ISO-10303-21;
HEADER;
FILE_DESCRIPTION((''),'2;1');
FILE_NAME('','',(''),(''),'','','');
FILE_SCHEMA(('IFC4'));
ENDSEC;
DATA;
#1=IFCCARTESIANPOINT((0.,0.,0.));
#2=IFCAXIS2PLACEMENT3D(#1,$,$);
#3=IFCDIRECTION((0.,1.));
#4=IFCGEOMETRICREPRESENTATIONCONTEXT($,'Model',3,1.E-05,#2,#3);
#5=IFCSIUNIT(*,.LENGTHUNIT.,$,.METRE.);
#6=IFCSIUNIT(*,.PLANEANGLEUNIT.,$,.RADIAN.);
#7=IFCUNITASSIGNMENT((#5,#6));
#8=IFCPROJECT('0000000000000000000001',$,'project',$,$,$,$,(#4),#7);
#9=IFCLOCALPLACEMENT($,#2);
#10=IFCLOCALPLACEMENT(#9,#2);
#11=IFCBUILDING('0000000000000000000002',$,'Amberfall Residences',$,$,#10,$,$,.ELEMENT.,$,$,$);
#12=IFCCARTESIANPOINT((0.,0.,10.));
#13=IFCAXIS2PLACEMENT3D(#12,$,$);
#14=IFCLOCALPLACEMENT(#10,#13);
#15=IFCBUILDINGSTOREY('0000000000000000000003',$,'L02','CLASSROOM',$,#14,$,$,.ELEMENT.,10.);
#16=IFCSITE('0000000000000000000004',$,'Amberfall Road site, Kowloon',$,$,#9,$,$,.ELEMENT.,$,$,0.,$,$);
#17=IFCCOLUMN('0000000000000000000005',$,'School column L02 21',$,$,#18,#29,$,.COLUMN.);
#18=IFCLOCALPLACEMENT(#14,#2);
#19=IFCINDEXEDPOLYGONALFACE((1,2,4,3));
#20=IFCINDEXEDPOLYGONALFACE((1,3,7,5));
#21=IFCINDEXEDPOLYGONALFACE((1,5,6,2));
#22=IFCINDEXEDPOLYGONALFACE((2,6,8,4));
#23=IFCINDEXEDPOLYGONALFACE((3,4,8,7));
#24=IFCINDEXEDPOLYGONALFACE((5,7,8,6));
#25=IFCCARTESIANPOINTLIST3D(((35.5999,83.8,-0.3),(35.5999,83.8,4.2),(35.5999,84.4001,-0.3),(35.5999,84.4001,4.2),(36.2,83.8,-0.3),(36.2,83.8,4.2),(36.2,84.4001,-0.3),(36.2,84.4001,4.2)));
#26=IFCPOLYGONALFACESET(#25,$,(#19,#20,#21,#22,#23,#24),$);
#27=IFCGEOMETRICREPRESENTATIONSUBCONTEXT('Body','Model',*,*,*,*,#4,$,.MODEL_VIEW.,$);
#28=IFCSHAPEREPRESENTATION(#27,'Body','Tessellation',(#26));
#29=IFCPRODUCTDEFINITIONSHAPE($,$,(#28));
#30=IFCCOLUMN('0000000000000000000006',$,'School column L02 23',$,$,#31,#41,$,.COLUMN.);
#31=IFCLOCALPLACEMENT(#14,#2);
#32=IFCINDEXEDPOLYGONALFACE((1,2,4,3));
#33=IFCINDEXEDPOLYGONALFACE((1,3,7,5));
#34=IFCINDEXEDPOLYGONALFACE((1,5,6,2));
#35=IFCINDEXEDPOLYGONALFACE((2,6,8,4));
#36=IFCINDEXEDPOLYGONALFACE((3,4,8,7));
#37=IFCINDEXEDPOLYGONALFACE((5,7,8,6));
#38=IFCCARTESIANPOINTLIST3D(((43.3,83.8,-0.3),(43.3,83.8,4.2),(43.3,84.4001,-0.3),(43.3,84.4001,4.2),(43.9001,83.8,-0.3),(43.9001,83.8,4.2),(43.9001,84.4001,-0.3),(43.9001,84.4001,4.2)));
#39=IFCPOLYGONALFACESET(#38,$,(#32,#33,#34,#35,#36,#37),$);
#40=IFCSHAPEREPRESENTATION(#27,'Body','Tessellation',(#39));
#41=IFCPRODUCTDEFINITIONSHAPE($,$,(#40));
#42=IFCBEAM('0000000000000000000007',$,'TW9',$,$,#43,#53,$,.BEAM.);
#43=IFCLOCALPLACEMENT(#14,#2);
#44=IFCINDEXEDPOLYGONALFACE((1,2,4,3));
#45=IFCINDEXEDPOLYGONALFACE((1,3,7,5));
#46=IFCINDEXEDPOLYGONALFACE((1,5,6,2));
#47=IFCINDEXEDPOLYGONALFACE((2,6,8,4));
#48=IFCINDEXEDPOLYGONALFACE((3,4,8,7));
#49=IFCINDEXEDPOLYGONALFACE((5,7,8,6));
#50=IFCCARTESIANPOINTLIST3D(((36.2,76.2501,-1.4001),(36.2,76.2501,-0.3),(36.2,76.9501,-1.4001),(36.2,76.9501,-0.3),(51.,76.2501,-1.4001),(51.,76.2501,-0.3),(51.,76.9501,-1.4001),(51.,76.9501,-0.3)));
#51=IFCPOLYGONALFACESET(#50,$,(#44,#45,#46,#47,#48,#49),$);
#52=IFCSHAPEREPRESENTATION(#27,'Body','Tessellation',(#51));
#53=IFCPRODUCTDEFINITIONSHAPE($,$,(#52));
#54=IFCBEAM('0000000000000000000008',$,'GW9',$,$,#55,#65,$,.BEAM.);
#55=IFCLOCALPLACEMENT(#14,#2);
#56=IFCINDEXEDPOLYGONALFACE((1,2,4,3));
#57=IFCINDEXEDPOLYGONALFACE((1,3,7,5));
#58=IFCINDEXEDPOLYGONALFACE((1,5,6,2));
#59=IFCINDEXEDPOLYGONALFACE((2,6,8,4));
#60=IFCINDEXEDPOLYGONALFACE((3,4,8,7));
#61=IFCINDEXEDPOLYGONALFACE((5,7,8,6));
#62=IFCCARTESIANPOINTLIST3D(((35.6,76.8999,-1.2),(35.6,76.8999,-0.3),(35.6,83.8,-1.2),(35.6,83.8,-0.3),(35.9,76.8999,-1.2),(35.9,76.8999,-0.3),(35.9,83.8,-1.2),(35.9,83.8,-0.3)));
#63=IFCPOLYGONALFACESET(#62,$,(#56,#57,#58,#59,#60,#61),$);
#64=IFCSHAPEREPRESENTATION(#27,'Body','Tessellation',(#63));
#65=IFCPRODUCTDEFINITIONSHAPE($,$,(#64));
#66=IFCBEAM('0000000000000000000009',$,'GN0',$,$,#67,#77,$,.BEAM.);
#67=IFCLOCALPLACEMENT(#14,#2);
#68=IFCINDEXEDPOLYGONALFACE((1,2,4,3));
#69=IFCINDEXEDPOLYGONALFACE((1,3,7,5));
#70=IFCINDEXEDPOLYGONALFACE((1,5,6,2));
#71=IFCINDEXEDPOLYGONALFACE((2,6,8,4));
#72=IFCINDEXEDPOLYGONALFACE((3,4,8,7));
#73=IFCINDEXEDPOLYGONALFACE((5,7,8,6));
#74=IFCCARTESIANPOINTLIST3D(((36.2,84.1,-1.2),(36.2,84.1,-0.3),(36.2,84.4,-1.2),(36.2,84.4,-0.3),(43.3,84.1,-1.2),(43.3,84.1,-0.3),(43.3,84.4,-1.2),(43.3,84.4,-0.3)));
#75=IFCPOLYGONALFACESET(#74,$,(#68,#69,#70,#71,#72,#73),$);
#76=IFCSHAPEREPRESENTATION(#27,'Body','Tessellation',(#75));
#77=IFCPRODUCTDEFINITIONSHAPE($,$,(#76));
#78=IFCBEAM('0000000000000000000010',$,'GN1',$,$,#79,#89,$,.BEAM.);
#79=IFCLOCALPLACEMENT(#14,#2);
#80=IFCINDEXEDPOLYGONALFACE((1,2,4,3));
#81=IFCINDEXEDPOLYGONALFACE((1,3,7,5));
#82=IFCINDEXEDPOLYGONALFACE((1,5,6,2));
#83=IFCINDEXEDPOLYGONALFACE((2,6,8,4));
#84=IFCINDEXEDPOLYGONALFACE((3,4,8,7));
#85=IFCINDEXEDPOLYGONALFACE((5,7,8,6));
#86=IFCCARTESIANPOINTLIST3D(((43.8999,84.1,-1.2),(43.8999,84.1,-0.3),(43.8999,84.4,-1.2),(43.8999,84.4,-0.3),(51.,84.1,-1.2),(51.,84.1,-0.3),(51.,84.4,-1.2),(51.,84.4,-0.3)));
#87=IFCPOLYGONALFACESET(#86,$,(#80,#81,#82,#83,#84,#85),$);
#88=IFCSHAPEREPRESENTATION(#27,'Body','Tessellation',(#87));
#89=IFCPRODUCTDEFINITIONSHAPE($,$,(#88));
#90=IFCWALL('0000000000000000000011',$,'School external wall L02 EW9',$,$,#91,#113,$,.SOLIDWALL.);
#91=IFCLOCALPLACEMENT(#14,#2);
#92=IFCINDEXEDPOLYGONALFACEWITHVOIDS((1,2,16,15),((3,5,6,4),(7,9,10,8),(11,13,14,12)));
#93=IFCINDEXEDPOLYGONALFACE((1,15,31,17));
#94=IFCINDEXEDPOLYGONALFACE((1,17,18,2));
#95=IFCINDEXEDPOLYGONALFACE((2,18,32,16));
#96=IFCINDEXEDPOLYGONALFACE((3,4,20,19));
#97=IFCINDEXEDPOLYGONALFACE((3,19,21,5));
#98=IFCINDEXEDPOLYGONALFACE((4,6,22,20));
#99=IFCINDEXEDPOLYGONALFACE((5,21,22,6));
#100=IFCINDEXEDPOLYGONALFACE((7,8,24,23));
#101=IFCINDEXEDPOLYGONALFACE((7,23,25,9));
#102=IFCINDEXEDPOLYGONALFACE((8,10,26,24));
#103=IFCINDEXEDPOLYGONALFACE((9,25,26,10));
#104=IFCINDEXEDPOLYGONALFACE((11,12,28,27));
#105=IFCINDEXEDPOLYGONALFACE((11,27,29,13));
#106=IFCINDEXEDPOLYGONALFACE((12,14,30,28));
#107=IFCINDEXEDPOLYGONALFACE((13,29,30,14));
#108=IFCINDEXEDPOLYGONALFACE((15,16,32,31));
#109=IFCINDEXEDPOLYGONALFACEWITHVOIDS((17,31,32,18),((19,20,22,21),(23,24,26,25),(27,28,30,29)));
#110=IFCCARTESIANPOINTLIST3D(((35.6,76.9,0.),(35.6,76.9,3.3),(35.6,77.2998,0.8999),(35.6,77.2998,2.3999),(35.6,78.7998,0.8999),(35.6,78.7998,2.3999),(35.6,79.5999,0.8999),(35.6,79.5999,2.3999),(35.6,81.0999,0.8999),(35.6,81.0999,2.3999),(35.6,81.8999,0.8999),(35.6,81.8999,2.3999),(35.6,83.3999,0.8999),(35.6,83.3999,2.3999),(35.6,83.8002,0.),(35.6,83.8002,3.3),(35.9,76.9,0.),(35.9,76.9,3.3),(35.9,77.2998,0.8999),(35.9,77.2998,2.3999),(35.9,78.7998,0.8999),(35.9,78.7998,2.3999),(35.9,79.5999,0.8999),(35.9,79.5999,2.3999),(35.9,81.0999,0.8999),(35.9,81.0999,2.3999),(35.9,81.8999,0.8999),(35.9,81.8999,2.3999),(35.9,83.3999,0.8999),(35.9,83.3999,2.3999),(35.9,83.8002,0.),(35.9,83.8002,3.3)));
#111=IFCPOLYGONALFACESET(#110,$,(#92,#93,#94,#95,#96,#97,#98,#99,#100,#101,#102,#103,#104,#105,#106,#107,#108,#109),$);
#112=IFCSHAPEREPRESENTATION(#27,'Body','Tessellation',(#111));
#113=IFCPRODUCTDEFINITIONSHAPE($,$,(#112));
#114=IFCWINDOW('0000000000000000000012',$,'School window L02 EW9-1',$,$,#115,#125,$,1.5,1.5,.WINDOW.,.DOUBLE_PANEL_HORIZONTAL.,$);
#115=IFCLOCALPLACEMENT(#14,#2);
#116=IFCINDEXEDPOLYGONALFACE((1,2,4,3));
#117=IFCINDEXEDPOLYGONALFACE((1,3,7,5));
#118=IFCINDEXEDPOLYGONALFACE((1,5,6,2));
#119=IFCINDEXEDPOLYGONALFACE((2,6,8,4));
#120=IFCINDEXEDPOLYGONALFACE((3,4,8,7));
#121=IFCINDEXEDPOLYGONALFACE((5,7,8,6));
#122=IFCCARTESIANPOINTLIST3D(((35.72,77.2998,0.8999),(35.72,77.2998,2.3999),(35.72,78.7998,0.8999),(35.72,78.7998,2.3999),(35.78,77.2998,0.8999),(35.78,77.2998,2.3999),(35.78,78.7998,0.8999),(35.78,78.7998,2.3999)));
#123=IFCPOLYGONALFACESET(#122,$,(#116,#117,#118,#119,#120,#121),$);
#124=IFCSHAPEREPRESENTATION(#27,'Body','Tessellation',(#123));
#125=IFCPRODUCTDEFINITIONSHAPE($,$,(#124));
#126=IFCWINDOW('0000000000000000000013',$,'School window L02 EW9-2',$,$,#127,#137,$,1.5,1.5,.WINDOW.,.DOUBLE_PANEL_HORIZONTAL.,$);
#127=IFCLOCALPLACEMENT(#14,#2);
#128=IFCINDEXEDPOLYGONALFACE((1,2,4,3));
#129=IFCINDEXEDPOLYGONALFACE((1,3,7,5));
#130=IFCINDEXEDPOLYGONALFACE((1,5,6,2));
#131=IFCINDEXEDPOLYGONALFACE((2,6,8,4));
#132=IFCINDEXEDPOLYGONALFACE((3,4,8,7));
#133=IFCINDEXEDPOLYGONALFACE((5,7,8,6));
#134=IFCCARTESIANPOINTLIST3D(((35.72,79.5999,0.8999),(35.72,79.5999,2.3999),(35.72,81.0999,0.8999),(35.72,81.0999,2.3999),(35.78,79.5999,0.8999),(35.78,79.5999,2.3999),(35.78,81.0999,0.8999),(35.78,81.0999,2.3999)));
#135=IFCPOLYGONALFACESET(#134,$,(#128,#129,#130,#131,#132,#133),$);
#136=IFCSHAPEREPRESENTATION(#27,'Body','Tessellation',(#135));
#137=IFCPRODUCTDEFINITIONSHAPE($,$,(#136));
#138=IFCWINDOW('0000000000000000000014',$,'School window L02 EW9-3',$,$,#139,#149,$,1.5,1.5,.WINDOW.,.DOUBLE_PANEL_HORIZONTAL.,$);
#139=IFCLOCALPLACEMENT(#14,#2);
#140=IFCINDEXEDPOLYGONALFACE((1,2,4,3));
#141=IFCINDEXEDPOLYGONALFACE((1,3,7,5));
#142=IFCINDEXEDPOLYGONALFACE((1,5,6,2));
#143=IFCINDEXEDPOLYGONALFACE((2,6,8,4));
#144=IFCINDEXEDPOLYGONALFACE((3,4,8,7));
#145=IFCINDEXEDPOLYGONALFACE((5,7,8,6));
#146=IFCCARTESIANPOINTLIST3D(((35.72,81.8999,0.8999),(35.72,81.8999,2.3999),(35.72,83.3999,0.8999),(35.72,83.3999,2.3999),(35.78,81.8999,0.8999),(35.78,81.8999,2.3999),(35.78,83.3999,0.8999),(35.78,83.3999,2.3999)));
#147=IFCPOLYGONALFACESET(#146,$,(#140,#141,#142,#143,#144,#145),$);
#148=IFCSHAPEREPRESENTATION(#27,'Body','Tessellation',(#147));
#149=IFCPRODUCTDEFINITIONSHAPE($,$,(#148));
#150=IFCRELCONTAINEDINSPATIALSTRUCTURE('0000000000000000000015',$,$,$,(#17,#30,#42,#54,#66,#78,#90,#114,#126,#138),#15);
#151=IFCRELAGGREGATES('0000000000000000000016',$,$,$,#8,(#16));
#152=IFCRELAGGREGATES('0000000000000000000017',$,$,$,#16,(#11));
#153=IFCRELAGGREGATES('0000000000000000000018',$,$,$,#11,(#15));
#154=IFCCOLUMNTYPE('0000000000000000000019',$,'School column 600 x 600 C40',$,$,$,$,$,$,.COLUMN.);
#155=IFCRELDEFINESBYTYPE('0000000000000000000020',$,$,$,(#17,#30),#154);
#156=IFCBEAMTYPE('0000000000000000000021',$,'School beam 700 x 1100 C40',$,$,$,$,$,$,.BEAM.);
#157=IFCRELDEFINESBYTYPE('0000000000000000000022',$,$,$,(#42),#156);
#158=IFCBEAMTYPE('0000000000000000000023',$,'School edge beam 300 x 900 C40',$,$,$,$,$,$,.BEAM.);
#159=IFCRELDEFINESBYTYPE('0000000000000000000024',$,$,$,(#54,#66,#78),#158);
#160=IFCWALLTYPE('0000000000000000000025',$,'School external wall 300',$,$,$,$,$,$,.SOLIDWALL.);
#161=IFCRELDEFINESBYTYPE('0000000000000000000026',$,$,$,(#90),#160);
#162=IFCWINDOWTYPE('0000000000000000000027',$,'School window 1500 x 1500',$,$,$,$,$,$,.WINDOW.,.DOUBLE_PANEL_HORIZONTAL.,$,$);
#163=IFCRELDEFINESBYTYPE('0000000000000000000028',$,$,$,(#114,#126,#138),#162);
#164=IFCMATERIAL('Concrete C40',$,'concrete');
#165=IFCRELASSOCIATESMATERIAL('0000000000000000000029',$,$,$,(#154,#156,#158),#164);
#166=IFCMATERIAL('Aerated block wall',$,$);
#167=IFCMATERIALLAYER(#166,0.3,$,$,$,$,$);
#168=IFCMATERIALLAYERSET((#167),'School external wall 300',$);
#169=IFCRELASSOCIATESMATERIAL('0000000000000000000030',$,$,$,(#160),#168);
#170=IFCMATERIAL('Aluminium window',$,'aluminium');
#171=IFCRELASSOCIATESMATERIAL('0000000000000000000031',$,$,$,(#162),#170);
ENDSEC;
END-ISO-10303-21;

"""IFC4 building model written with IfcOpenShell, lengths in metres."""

from ifc_helpers import new_model, si_unit, direction, frame, frame_2d, origin, origin_2d, place, context, subcontext, project, spatial, rectangle, extrude, material, layer, layer_set, material_profile, profile_set, type_object, element, fill, save


model = new_model("IFC4")

# Units and contexts
model_context = context("Model", 3, precision=1e-05, world=origin(), true_north=direction((0.0, 1.0)))
body_context = subcontext(model_context, "Body", "Model", "MODEL_VIEW")
ifc_project = project(units=[si_unit("LENGTHUNIT", "METRE"), si_unit("PLANEANGLEUNIT", "RADIAN")], contexts=[model_context])

# Site, building, storey
site_placement = place(None, origin())
site = spatial("IfcSite", under=ifc_project, at=site_placement, Name="Amberfall Road site, Kowloon", CompositionType="ELEMENT", RefElevation=0.0)
building_placement = place(site_placement, origin())
building = spatial("IfcBuilding", under=site, at=building_placement, Name="Amberfall Residences", CompositionType="ELEMENT")
storey_placement = place(building_placement, frame((0.0, 0.0, 10.0)))
storey = spatial("IfcBuildingStorey", under=building, at=storey_placement, Name="L02", Description="CLASSROOM", CompositionType="ELEMENT", Elevation=10.0)

# Columns
ifc_material_1 = material(Name="Concrete C40", Category="concrete")
ifc_material_profile_1 = material_profile(ifc_material_1, rectangle(XDim=0.6001, YDim=0.6001, at=origin_2d()), Name="School column 600 x 600 C40")
ifc_profile_set_1 = profile_set([ifc_material_profile_1], Name="Concrete C40")
column_type = type_object("IfcColumnType", Name="School column 600 x 600 C40", PredefinedType="COLUMN", material=ifc_profile_set_1)
for number, where, z_axis, x_axis, name in (
    (1, (35.8999, 84.1001, -0.3), (0.0, 0.0, 1.0), (1.0, 0.0, 0.0), "School column L02 21"),
    (2, (43.6001, 84.1001, -0.3), (0.0, 0.0, 1.0), (1.0, 0.0, 0.0), "School column L02 23"),
):
    element("IfcColumn", number, at=place(storey_placement, frame(where, z_axis=z_axis, x_axis=x_axis)), inside=storey, type_object=column_type, Name=name, PredefinedType="COLUMN", context=body_context, shape_type="SweptSolid", body=[
        extrude(rectangle(XDim=0.6001, YDim=0.6001, at=origin_2d()), origin(), (0.0, 0.0, 1.0), 4.5),
    ])

# Beams
ifc_material_profile_2 = material_profile(ifc_material_1, rectangle(XDim=0.7, YDim=1.1001, at=origin_2d()), Name="School beam 700 x 1100 C40")
ifc_profile_set_2 = profile_set([ifc_material_profile_2], Name="Concrete C40")
beam_type_1 = type_object("IfcBeamType", Name="School beam 700 x 1100 C40", PredefinedType="BEAM", material=ifc_profile_set_2)
beam_1_placement = place(storey_placement, frame((36.2, 76.6001, -0.8501), z_axis=(1.0, 0.0, 0.0), x_axis=(0.0, 1.0, 0.0)))
element("IfcBeam", 3, at=beam_1_placement, inside=storey, type_object=beam_type_1, Name="TW9", PredefinedType="BEAM", context=body_context, shape_type="SweptSolid", body=[
    extrude(rectangle(XDim=0.7, YDim=1.1001, at=origin_2d()), origin(), (0.0, 0.0, 1.0), 14.8),
])
ifc_material_profile_3 = material_profile(ifc_material_1, rectangle(XDim=0.3, YDim=0.8999, at=origin_2d()), Name="School edge beam 300 x 900 C40")
ifc_profile_set_3 = profile_set([ifc_material_profile_3], Name="Concrete C40")
beam_type_2 = type_object("IfcBeamType", Name="School edge beam 300 x 900 C40", PredefinedType="BEAM", material=ifc_profile_set_3)
beam_2_placement = place(storey_placement, frame((35.75, 76.8999, -0.75), z_axis=(0.0, 1.0, 0.0), x_axis=(-1.0, 0.0, 0.0)))
element("IfcBeam", 4, at=beam_2_placement, inside=storey, type_object=beam_type_2, Name="GW9", PredefinedType="BEAM", context=body_context, shape_type="SweptSolid", body=[
    extrude(rectangle(XDim=0.3, YDim=0.8999, at=origin_2d()), origin(), (0.0, 0.0, 1.0), 6.9001),
])
for number, where, z_axis, x_axis, name in (
    (5, (36.2, 84.25, -0.75), (1.0, 0.0, 0.0), (0.0, 1.0, 0.0), "GN0"),
    (6, (43.8999, 84.25, -0.75), (1.0, 0.0, 0.0), (0.0, 1.0, 0.0), "GN1"),
):
    element("IfcBeam", number, at=place(storey_placement, frame(where, z_axis=z_axis, x_axis=x_axis)), inside=storey, type_object=beam_type_2, Name=name, PredefinedType="BEAM", context=body_context, shape_type="SweptSolid", body=[
        extrude(rectangle(XDim=0.3, YDim=0.8999, at=origin_2d()), origin(), (0.0, 0.0, 1.0), 7.1001),
    ])

# Wall, openings, windows
ifc_material_2 = material(Name="Aerated block wall")
ifc_layer_1 = layer(ifc_material_2, 0.3)
ifc_layer_set_1 = layer_set([ifc_layer_1], Name="School external wall 300")
wall_type_1 = type_object("IfcWallType", Name="School external wall 300", PredefinedType="SOLIDWALL", material=ifc_layer_set_1)
wall_1_placement = place(storey_placement, frame((35.75, 76.8999, 0.0), z_axis=(0.0, 0.0, 1.0), x_axis=(0.0, 1.0, 0.0)))
wall_1 = element("IfcWall", 7, at=wall_1_placement, inside=storey, type_object=wall_type_1, Name="School external wall L02 EW9", PredefinedType="SOLIDWALL", context=body_context, shape_type="SweptSolid", body=[
    extrude(rectangle(XDim=6.9001, YDim=0.3, at=frame_2d((3.4502, 0.0))), origin(), (0.0, 0.0, 1.0), 3.3),
])
opening_1_placement = place(wall_1_placement, frame((0.3999, 0.0, 0.8999)))
opening_1 = element("IfcOpeningElement", 8, at=opening_1_placement, cuts=wall_1, PredefinedType="OPENING", context=body_context, shape_type="SweptSolid", body=[
    extrude(rectangle(XDim=1.5, YDim=1.5, at=frame_2d((0.75, 0.75))), frame((0.0, 0.1599, 0.0), z_axis=(0.0, -1.0, 0.0), x_axis=(1.0, 0.0, 0.0)), (0.0, 0.0, 1.0), 0.3201),
])
opening_2_placement = place(wall_1_placement, frame((2.7, 0.0, 0.8999)))
opening_2 = element("IfcOpeningElement", 9, at=opening_2_placement, cuts=wall_1, PredefinedType="OPENING", context=body_context, shape_type="SweptSolid", body=[
    extrude(rectangle(XDim=1.5, YDim=1.5, at=frame_2d((0.75, 0.75))), frame((0.0, 0.1599, 0.0), z_axis=(0.0, -1.0, 0.0), x_axis=(1.0, 0.0, 0.0)), (0.0, 0.0, 1.0), 0.3201),
])
opening_3_placement = place(wall_1_placement, frame((5.0, 0.0, 0.8999)))
opening_3 = element("IfcOpeningElement", 10, at=opening_3_placement, cuts=wall_1, PredefinedType="OPENING", context=body_context, shape_type="SweptSolid", body=[
    extrude(rectangle(XDim=1.5, YDim=1.5, at=frame_2d((0.75, 0.75))), frame((0.0, 0.1599, 0.0), z_axis=(0.0, -1.0, 0.0), x_axis=(1.0, 0.0, 0.0)), (0.0, 0.0, 1.0), 0.3201),
])
ifc_material_3 = material(Name="Aluminium window", Category="aluminium")
window_type = type_object("IfcWindowType", Name="School window 1500 x 1500", PartitioningType="DOUBLE_PANEL_HORIZONTAL", PredefinedType="WINDOW", material=ifc_material_3)
window_1_placement = place(opening_1_placement, origin())
window_1 = element("IfcWindow", 11, at=window_1_placement, inside=storey, type_object=window_type, Name="School window L02 EW9-1", OverallHeight=1.5, OverallWidth=1.5, PartitioningType="DOUBLE_PANEL_HORIZONTAL", PredefinedType="WINDOW", context=body_context, shape_type="SweptSolid", body=[
    extrude(rectangle(XDim=1.5, YDim=1.5, at=frame_2d((0.75, 0.75))), frame((0.0, 0.03, 0.0), z_axis=(0.0, -1.0, 0.0), x_axis=(1.0, 0.0, 0.0)), (0.0, 0.0, 1.0), 0.0601),
])
fill(opening_1, window_1)
window_2_placement = place(opening_2_placement, origin())
window_2 = element("IfcWindow", 12, at=window_2_placement, inside=storey, type_object=window_type, Name="School window L02 EW9-2", OverallHeight=1.5, OverallWidth=1.5, PartitioningType="DOUBLE_PANEL_HORIZONTAL", PredefinedType="WINDOW", context=body_context, shape_type="SweptSolid", body=[
    extrude(rectangle(XDim=1.5, YDim=1.5, at=frame_2d((0.75, 0.75))), frame((0.0, 0.03, 0.0), z_axis=(0.0, -1.0, 0.0), x_axis=(1.0, 0.0, 0.0)), (0.0, 0.0, 1.0), 0.0601),
])
fill(opening_2, window_2)
window_3_placement = place(opening_3_placement, origin())
window_3 = element("IfcWindow", 13, at=window_3_placement, inside=storey, type_object=window_type, Name="School window L02 EW9-3", OverallHeight=1.5, OverallWidth=1.5, PartitioningType="DOUBLE_PANEL_HORIZONTAL", PredefinedType="WINDOW", context=body_context, shape_type="SweptSolid", body=[
    extrude(rectangle(XDim=1.5, YDim=1.5, at=frame_2d((0.75, 0.75))), frame((0.0, 0.03, 0.0), z_axis=(0.0, -1.0, 0.0), x_axis=(1.0, 0.0, 0.0)), (0.0, 0.0, 1.0), 0.0601),
])
fill(opening_3, window_3)

save(model, "model.ifc")
